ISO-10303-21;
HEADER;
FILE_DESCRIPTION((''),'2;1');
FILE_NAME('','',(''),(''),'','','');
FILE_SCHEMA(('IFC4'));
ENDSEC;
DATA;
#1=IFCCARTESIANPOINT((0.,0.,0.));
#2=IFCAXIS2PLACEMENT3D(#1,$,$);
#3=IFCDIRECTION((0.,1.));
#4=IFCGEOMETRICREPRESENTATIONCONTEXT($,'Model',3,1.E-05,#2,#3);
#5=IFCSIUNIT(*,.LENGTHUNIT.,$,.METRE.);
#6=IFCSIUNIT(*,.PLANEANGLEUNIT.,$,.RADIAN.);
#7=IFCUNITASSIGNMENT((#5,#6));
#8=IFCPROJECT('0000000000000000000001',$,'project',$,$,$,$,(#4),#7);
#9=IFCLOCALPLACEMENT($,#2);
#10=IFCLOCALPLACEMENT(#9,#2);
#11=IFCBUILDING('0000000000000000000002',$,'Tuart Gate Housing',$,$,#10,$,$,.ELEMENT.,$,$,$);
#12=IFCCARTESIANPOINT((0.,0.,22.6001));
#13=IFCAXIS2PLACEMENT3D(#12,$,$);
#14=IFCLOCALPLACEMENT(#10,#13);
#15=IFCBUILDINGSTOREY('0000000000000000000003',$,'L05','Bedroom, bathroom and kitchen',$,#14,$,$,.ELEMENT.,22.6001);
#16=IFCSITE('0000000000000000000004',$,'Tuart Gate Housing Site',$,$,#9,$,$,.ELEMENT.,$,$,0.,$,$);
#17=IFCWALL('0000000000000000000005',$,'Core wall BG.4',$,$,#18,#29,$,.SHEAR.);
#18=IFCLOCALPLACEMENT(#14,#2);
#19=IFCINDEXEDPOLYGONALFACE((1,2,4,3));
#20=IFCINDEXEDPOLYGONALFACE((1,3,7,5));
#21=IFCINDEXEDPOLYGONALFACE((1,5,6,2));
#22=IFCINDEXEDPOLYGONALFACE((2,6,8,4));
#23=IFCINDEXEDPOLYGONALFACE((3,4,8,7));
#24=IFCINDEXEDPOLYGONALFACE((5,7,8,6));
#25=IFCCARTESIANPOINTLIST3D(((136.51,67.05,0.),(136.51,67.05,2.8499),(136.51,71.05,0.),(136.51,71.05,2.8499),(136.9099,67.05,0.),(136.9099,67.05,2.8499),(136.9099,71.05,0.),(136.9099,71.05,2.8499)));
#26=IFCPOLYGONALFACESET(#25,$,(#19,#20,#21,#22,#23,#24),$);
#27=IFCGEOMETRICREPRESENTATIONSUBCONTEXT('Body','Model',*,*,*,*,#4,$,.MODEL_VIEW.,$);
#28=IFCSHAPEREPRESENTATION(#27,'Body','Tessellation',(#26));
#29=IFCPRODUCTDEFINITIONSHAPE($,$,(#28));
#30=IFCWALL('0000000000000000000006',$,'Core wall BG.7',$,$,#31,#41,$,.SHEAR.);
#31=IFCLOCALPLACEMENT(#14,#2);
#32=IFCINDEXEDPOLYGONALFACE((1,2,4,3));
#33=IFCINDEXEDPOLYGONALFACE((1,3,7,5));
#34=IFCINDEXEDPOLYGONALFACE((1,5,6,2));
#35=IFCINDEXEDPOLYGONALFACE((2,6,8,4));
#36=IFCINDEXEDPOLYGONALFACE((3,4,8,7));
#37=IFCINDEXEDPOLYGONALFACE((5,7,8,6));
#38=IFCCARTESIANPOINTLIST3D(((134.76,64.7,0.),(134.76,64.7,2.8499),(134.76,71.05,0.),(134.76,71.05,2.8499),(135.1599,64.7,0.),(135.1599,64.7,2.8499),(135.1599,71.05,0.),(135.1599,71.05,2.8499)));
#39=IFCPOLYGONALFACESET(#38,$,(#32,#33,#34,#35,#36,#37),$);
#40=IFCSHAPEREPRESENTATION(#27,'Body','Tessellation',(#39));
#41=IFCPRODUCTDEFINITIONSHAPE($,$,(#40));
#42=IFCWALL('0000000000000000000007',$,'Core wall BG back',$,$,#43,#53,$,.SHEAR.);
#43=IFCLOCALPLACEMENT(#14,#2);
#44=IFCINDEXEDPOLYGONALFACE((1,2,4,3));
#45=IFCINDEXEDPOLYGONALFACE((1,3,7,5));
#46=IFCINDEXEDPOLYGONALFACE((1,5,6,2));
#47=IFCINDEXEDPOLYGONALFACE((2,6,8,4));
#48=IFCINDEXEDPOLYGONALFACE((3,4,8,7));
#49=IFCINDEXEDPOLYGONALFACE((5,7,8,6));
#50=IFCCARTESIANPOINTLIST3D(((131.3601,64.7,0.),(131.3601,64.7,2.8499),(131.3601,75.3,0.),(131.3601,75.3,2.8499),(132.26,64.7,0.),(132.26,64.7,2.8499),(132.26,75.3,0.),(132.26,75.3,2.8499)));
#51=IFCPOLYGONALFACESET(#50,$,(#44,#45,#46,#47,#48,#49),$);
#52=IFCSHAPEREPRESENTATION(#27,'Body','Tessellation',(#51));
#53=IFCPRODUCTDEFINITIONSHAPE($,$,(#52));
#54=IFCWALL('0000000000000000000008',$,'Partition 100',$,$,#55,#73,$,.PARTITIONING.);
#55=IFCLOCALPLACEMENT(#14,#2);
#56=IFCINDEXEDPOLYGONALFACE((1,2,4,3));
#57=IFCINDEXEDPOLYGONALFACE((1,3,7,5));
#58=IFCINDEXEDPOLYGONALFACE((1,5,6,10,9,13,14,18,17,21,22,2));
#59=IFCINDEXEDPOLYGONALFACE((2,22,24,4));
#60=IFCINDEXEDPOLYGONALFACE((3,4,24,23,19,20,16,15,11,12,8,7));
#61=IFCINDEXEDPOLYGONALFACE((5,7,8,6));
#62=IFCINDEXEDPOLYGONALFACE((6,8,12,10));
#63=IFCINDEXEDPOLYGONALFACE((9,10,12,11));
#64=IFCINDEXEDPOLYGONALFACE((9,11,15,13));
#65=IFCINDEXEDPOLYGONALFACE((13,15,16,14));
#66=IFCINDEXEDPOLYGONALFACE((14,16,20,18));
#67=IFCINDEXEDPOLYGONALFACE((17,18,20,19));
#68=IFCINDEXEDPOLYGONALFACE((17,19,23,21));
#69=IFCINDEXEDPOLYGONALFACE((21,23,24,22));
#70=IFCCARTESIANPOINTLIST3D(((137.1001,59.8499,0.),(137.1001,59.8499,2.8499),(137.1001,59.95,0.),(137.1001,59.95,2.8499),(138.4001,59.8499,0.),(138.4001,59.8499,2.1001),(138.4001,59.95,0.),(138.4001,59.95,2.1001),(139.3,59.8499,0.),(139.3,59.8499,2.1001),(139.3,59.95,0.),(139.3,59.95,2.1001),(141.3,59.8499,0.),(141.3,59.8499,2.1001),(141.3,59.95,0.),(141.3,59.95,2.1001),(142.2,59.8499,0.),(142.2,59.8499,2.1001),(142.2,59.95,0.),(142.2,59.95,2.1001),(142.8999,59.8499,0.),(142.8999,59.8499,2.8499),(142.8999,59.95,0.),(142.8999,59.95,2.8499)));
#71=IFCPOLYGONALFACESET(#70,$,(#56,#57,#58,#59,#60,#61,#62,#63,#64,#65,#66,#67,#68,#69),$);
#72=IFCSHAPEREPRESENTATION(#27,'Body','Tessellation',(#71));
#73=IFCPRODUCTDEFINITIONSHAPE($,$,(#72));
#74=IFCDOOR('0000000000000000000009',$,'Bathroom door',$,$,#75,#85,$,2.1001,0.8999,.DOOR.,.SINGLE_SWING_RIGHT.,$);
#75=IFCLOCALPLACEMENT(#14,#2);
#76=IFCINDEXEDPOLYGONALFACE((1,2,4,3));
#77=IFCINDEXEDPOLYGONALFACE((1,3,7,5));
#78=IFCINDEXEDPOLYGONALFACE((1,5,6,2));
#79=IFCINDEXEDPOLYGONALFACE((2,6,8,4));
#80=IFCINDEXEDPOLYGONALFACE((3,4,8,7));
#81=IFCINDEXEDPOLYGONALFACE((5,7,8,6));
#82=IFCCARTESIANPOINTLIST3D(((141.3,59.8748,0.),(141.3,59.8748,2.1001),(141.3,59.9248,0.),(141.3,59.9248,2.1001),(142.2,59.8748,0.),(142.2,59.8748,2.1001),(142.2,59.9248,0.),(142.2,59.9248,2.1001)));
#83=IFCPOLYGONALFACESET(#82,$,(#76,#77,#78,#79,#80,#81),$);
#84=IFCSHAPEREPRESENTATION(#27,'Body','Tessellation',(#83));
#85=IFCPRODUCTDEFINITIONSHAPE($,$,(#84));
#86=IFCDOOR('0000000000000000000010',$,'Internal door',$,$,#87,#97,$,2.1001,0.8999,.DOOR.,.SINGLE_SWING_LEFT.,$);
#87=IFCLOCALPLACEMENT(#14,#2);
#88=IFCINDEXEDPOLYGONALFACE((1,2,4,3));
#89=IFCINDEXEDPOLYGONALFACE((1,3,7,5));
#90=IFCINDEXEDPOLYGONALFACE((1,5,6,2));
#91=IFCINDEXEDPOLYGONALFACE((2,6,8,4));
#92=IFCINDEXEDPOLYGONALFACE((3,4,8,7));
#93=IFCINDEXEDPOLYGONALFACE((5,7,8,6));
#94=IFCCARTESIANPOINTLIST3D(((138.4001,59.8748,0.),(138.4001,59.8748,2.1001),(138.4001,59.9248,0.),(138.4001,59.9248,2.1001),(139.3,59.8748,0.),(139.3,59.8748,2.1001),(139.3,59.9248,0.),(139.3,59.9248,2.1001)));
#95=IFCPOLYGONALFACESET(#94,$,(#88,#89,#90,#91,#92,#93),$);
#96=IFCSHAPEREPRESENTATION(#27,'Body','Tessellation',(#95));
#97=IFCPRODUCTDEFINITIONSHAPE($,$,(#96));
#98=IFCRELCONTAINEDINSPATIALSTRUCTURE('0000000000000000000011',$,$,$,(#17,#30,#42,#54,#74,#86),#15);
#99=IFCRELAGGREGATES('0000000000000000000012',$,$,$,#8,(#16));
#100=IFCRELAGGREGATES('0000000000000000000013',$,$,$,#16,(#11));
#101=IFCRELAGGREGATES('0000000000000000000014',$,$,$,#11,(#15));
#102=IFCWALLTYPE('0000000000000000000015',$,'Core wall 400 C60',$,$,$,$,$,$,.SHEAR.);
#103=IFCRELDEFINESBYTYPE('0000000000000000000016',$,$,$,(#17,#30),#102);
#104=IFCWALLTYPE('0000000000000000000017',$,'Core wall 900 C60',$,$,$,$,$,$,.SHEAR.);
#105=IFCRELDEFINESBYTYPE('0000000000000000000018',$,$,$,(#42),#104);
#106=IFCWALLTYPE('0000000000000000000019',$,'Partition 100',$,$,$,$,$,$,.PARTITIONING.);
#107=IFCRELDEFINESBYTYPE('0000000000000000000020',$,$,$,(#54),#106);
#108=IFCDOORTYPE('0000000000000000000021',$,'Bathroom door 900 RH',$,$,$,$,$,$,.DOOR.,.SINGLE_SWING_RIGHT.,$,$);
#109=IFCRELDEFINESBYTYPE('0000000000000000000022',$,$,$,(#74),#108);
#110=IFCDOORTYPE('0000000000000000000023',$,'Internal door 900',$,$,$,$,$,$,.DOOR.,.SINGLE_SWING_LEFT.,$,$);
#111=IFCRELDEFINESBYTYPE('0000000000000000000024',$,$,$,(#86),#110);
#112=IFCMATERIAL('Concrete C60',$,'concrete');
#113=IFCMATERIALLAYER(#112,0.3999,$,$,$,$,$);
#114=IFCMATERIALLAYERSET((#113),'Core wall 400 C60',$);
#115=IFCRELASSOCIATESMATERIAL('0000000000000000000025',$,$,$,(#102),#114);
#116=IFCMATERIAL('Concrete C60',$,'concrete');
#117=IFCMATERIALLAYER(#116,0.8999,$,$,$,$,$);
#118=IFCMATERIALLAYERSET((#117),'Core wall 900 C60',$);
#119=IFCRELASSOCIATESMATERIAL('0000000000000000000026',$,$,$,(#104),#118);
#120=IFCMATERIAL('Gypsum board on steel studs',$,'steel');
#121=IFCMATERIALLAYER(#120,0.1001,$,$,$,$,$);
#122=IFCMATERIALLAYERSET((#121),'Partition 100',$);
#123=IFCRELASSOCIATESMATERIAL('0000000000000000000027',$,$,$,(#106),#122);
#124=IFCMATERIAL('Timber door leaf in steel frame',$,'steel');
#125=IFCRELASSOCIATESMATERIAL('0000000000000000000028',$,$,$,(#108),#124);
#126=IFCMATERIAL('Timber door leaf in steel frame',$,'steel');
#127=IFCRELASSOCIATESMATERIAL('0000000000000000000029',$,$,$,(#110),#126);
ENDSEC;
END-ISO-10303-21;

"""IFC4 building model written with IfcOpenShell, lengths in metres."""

from ifc_helpers import new_model, si_unit, direction, frame, frame_2d, origin, place, context, subcontext, project, spatial, rectangle, extrude, material, layer, layer_set, type_object, element, fill, save


model = new_model("IFC4")

# Units and contexts
model_context = context("Model", 3, precision=1e-05, world=origin(), true_north=direction((0.0, 1.0)))
body_context = subcontext(model_context, "Body", "Model", "MODEL_VIEW")
ifc_project = project(units=[si_unit("LENGTHUNIT", "METRE"), si_unit("PLANEANGLEUNIT", "RADIAN")], contexts=[model_context])

# Site, building, storey
site_placement = place(None, origin())
site = spatial("IfcSite", under=ifc_project, at=site_placement, Name="Tuart Gate Housing Site", CompositionType="ELEMENT", RefElevation=0.0)
building_placement = place(site_placement, origin())
building = spatial("IfcBuilding", under=site, at=building_placement, Name="Tuart Gate Housing", CompositionType="ELEMENT")
storey_placement = place(building_placement, frame((0.0, 0.0, 22.6001)))
storey = spatial("IfcBuildingStorey", under=building, at=storey_placement, Name="L05", Description="Bedroom, bathroom and kitchen", CompositionType="ELEMENT", Elevation=22.6001)

# Walls
ifc_material_1 = material(Name="Concrete C60", Category="concrete")
ifc_layer_1 = layer(ifc_material_1, 0.3999)
ifc_layer_set_1 = layer_set([ifc_layer_1], Name="Core wall 400 C60")
wall_type_1 = type_object("IfcWallType", Name="Core wall 400 C60", PredefinedType="SHEAR", material=ifc_layer_set_1)
wall_1_placement = place(storey_placement, frame((136.71, 67.05, 0.0), z_axis=(0.0, 0.0, 1.0), x_axis=(0.0, 1.0, 0.0)))
element("IfcWall", 1, at=wall_1_placement, inside=storey, type_object=wall_type_1, Name="Core wall BG.4", PredefinedType="SHEAR", context=body_context, shape_type="SweptSolid", body=[
    extrude(rectangle(XDim=4.0, YDim=0.3999, at=frame_2d((2.0, 0.0))), origin(), (0.0, 0.0, 1.0), 2.8499),
])
wall_2_placement = place(storey_placement, frame((134.96, 64.7, 0.0), z_axis=(0.0, 0.0, 1.0), x_axis=(0.0, 1.0, 0.0)))
element("IfcWall", 2, at=wall_2_placement, inside=storey, type_object=wall_type_1, Name="Core wall BG.7", PredefinedType="SHEAR", context=body_context, shape_type="SweptSolid", body=[
    extrude(rectangle(XDim=6.3501, YDim=0.3999, at=frame_2d((3.175, 0.0))), origin(), (0.0, 0.0, 1.0), 2.8499),
])
ifc_material_2 = material(Name="Concrete C60", Category="concrete")
ifc_layer_2 = layer(ifc_material_2, 0.8999)
ifc_layer_set_2 = layer_set([ifc_layer_2], Name="Core wall 900 C60")
wall_type_2 = type_object("IfcWallType", Name="Core wall 900 C60", PredefinedType="SHEAR", material=ifc_layer_set_2)
wall_3_placement = place(storey_placement, frame((131.8101, 64.7, 0.0), z_axis=(0.0, 0.0, 1.0), x_axis=(0.0, 1.0, 0.0)))
element("IfcWall", 3, at=wall_3_placement, inside=storey, type_object=wall_type_2, Name="Core wall BG back", PredefinedType="SHEAR", context=body_context, shape_type="SweptSolid", body=[
    extrude(rectangle(XDim=10.6001, YDim=0.8999, at=frame_2d((5.3, 0.0))), origin(), (0.0, 0.0, 1.0), 2.8499),
])

# Wall, openings, doors
ifc_material_3 = material(Name="Gypsum board on steel studs", Category="steel")
ifc_layer_3 = layer(ifc_material_3, 0.1001)
ifc_layer_set_3 = layer_set([ifc_layer_3], Name="Partition 100")
wall_type_3 = type_object("IfcWallType", Name="Partition 100", PredefinedType="PARTITIONING", material=ifc_layer_set_3)
wall_4_placement = place(storey_placement, frame((137.1001, 59.8999, 0.0), z_axis=(0.0, 0.0, 1.0), x_axis=(1.0, 0.0, 0.0)))
wall_4 = element("IfcWall", 4, at=wall_4_placement, inside=storey, type_object=wall_type_3, Name="Partition 100", PredefinedType="PARTITIONING", context=body_context, shape_type="SweptSolid", body=[
    extrude(rectangle(XDim=5.7998, YDim=0.1001, at=frame_2d((2.8999, 0.0))), origin(), (0.0, 0.0, 1.0), 2.8499),
])
opening_1_placement = place(wall_4_placement, frame((1.3, 0.0, 0.0)))
opening_1 = element("IfcOpeningElement", 5, at=opening_1_placement, cuts=wall_4, PredefinedType="OPENING", context=body_context, shape_type="SweptSolid", body=[
    extrude(rectangle(XDim=0.8999, YDim=2.1001, at=frame_2d((0.45, 1.05))), frame((0.0, 0.0601, 0.0), z_axis=(0.0, -1.0, 0.0), x_axis=(1.0, 0.0, 0.0)), (0.0, 0.0, 1.0), 0.1201),
])
opening_2_placement = place(wall_4_placement, frame((4.2, 0.0, 0.0)))
opening_2 = element("IfcOpeningElement", 6, at=opening_2_placement, cuts=wall_4, PredefinedType="OPENING", context=body_context, shape_type="SweptSolid", body=[
    extrude(rectangle(XDim=0.8999, YDim=2.1001, at=frame_2d((0.45, 1.05))), frame((0.0, 0.0601, 0.0), z_axis=(0.0, -1.0, 0.0), x_axis=(1.0, 0.0, 0.0)), (0.0, 0.0, 1.0), 0.1201),
])
ifc_material_4 = material(Name="Timber door leaf in steel frame", Category="steel")
door_type_1 = type_object("IfcDoorType", Name="Bathroom door 900 RH", OperationType="SINGLE_SWING_RIGHT", PredefinedType="DOOR", material=ifc_material_4)
door_1_placement = place(opening_2_placement, frame((0.8999, 0.0, 0.0), z_axis=(0.0, 0.0, 1.0), x_axis=(-1.0, 0.0, 0.0)))
door_1 = element("IfcDoor", 7, at=door_1_placement, inside=storey, type_object=door_type_1, Name="Bathroom door", OperationType="SINGLE_SWING_RIGHT", OverallHeight=2.1001, OverallWidth=0.8999, PredefinedType="DOOR", context=body_context, shape_type="SweptSolid", body=[
    extrude(rectangle(XDim=0.8999, YDim=2.1001, at=frame_2d((0.45, 1.05))), frame((0.0, 0.0251, 0.0), z_axis=(0.0, -1.0, 0.0), x_axis=(1.0, 0.0, 0.0)), (0.0, 0.0, 1.0), 0.05),
])
fill(opening_2, door_1)
ifc_material_5 = material(Name="Timber door leaf in steel frame", Category="steel")
door_type_2 = type_object("IfcDoorType", Name="Internal door 900", OperationType="SINGLE_SWING_LEFT", PredefinedType="DOOR", material=ifc_material_5)
door_2_placement = place(opening_1_placement, frame((0.8999, 0.0, 0.0), z_axis=(0.0, 0.0, 1.0), x_axis=(-1.0, 0.0, 0.0)))
door_2 = element("IfcDoor", 8, at=door_2_placement, inside=storey, type_object=door_type_2, Name="Internal door", OperationType="SINGLE_SWING_LEFT", OverallHeight=2.1001, OverallWidth=0.8999, PredefinedType="DOOR", context=body_context, shape_type="SweptSolid", body=[
    extrude(rectangle(XDim=0.8999, YDim=2.1001, at=frame_2d((0.45, 1.05))), frame((0.0, 0.0251, 0.0), z_axis=(0.0, -1.0, 0.0), x_axis=(1.0, 0.0, 0.0)), (0.0, 0.0, 1.0), 0.05),
])
fill(opening_1, door_2)

save(model, "model.ifc")
